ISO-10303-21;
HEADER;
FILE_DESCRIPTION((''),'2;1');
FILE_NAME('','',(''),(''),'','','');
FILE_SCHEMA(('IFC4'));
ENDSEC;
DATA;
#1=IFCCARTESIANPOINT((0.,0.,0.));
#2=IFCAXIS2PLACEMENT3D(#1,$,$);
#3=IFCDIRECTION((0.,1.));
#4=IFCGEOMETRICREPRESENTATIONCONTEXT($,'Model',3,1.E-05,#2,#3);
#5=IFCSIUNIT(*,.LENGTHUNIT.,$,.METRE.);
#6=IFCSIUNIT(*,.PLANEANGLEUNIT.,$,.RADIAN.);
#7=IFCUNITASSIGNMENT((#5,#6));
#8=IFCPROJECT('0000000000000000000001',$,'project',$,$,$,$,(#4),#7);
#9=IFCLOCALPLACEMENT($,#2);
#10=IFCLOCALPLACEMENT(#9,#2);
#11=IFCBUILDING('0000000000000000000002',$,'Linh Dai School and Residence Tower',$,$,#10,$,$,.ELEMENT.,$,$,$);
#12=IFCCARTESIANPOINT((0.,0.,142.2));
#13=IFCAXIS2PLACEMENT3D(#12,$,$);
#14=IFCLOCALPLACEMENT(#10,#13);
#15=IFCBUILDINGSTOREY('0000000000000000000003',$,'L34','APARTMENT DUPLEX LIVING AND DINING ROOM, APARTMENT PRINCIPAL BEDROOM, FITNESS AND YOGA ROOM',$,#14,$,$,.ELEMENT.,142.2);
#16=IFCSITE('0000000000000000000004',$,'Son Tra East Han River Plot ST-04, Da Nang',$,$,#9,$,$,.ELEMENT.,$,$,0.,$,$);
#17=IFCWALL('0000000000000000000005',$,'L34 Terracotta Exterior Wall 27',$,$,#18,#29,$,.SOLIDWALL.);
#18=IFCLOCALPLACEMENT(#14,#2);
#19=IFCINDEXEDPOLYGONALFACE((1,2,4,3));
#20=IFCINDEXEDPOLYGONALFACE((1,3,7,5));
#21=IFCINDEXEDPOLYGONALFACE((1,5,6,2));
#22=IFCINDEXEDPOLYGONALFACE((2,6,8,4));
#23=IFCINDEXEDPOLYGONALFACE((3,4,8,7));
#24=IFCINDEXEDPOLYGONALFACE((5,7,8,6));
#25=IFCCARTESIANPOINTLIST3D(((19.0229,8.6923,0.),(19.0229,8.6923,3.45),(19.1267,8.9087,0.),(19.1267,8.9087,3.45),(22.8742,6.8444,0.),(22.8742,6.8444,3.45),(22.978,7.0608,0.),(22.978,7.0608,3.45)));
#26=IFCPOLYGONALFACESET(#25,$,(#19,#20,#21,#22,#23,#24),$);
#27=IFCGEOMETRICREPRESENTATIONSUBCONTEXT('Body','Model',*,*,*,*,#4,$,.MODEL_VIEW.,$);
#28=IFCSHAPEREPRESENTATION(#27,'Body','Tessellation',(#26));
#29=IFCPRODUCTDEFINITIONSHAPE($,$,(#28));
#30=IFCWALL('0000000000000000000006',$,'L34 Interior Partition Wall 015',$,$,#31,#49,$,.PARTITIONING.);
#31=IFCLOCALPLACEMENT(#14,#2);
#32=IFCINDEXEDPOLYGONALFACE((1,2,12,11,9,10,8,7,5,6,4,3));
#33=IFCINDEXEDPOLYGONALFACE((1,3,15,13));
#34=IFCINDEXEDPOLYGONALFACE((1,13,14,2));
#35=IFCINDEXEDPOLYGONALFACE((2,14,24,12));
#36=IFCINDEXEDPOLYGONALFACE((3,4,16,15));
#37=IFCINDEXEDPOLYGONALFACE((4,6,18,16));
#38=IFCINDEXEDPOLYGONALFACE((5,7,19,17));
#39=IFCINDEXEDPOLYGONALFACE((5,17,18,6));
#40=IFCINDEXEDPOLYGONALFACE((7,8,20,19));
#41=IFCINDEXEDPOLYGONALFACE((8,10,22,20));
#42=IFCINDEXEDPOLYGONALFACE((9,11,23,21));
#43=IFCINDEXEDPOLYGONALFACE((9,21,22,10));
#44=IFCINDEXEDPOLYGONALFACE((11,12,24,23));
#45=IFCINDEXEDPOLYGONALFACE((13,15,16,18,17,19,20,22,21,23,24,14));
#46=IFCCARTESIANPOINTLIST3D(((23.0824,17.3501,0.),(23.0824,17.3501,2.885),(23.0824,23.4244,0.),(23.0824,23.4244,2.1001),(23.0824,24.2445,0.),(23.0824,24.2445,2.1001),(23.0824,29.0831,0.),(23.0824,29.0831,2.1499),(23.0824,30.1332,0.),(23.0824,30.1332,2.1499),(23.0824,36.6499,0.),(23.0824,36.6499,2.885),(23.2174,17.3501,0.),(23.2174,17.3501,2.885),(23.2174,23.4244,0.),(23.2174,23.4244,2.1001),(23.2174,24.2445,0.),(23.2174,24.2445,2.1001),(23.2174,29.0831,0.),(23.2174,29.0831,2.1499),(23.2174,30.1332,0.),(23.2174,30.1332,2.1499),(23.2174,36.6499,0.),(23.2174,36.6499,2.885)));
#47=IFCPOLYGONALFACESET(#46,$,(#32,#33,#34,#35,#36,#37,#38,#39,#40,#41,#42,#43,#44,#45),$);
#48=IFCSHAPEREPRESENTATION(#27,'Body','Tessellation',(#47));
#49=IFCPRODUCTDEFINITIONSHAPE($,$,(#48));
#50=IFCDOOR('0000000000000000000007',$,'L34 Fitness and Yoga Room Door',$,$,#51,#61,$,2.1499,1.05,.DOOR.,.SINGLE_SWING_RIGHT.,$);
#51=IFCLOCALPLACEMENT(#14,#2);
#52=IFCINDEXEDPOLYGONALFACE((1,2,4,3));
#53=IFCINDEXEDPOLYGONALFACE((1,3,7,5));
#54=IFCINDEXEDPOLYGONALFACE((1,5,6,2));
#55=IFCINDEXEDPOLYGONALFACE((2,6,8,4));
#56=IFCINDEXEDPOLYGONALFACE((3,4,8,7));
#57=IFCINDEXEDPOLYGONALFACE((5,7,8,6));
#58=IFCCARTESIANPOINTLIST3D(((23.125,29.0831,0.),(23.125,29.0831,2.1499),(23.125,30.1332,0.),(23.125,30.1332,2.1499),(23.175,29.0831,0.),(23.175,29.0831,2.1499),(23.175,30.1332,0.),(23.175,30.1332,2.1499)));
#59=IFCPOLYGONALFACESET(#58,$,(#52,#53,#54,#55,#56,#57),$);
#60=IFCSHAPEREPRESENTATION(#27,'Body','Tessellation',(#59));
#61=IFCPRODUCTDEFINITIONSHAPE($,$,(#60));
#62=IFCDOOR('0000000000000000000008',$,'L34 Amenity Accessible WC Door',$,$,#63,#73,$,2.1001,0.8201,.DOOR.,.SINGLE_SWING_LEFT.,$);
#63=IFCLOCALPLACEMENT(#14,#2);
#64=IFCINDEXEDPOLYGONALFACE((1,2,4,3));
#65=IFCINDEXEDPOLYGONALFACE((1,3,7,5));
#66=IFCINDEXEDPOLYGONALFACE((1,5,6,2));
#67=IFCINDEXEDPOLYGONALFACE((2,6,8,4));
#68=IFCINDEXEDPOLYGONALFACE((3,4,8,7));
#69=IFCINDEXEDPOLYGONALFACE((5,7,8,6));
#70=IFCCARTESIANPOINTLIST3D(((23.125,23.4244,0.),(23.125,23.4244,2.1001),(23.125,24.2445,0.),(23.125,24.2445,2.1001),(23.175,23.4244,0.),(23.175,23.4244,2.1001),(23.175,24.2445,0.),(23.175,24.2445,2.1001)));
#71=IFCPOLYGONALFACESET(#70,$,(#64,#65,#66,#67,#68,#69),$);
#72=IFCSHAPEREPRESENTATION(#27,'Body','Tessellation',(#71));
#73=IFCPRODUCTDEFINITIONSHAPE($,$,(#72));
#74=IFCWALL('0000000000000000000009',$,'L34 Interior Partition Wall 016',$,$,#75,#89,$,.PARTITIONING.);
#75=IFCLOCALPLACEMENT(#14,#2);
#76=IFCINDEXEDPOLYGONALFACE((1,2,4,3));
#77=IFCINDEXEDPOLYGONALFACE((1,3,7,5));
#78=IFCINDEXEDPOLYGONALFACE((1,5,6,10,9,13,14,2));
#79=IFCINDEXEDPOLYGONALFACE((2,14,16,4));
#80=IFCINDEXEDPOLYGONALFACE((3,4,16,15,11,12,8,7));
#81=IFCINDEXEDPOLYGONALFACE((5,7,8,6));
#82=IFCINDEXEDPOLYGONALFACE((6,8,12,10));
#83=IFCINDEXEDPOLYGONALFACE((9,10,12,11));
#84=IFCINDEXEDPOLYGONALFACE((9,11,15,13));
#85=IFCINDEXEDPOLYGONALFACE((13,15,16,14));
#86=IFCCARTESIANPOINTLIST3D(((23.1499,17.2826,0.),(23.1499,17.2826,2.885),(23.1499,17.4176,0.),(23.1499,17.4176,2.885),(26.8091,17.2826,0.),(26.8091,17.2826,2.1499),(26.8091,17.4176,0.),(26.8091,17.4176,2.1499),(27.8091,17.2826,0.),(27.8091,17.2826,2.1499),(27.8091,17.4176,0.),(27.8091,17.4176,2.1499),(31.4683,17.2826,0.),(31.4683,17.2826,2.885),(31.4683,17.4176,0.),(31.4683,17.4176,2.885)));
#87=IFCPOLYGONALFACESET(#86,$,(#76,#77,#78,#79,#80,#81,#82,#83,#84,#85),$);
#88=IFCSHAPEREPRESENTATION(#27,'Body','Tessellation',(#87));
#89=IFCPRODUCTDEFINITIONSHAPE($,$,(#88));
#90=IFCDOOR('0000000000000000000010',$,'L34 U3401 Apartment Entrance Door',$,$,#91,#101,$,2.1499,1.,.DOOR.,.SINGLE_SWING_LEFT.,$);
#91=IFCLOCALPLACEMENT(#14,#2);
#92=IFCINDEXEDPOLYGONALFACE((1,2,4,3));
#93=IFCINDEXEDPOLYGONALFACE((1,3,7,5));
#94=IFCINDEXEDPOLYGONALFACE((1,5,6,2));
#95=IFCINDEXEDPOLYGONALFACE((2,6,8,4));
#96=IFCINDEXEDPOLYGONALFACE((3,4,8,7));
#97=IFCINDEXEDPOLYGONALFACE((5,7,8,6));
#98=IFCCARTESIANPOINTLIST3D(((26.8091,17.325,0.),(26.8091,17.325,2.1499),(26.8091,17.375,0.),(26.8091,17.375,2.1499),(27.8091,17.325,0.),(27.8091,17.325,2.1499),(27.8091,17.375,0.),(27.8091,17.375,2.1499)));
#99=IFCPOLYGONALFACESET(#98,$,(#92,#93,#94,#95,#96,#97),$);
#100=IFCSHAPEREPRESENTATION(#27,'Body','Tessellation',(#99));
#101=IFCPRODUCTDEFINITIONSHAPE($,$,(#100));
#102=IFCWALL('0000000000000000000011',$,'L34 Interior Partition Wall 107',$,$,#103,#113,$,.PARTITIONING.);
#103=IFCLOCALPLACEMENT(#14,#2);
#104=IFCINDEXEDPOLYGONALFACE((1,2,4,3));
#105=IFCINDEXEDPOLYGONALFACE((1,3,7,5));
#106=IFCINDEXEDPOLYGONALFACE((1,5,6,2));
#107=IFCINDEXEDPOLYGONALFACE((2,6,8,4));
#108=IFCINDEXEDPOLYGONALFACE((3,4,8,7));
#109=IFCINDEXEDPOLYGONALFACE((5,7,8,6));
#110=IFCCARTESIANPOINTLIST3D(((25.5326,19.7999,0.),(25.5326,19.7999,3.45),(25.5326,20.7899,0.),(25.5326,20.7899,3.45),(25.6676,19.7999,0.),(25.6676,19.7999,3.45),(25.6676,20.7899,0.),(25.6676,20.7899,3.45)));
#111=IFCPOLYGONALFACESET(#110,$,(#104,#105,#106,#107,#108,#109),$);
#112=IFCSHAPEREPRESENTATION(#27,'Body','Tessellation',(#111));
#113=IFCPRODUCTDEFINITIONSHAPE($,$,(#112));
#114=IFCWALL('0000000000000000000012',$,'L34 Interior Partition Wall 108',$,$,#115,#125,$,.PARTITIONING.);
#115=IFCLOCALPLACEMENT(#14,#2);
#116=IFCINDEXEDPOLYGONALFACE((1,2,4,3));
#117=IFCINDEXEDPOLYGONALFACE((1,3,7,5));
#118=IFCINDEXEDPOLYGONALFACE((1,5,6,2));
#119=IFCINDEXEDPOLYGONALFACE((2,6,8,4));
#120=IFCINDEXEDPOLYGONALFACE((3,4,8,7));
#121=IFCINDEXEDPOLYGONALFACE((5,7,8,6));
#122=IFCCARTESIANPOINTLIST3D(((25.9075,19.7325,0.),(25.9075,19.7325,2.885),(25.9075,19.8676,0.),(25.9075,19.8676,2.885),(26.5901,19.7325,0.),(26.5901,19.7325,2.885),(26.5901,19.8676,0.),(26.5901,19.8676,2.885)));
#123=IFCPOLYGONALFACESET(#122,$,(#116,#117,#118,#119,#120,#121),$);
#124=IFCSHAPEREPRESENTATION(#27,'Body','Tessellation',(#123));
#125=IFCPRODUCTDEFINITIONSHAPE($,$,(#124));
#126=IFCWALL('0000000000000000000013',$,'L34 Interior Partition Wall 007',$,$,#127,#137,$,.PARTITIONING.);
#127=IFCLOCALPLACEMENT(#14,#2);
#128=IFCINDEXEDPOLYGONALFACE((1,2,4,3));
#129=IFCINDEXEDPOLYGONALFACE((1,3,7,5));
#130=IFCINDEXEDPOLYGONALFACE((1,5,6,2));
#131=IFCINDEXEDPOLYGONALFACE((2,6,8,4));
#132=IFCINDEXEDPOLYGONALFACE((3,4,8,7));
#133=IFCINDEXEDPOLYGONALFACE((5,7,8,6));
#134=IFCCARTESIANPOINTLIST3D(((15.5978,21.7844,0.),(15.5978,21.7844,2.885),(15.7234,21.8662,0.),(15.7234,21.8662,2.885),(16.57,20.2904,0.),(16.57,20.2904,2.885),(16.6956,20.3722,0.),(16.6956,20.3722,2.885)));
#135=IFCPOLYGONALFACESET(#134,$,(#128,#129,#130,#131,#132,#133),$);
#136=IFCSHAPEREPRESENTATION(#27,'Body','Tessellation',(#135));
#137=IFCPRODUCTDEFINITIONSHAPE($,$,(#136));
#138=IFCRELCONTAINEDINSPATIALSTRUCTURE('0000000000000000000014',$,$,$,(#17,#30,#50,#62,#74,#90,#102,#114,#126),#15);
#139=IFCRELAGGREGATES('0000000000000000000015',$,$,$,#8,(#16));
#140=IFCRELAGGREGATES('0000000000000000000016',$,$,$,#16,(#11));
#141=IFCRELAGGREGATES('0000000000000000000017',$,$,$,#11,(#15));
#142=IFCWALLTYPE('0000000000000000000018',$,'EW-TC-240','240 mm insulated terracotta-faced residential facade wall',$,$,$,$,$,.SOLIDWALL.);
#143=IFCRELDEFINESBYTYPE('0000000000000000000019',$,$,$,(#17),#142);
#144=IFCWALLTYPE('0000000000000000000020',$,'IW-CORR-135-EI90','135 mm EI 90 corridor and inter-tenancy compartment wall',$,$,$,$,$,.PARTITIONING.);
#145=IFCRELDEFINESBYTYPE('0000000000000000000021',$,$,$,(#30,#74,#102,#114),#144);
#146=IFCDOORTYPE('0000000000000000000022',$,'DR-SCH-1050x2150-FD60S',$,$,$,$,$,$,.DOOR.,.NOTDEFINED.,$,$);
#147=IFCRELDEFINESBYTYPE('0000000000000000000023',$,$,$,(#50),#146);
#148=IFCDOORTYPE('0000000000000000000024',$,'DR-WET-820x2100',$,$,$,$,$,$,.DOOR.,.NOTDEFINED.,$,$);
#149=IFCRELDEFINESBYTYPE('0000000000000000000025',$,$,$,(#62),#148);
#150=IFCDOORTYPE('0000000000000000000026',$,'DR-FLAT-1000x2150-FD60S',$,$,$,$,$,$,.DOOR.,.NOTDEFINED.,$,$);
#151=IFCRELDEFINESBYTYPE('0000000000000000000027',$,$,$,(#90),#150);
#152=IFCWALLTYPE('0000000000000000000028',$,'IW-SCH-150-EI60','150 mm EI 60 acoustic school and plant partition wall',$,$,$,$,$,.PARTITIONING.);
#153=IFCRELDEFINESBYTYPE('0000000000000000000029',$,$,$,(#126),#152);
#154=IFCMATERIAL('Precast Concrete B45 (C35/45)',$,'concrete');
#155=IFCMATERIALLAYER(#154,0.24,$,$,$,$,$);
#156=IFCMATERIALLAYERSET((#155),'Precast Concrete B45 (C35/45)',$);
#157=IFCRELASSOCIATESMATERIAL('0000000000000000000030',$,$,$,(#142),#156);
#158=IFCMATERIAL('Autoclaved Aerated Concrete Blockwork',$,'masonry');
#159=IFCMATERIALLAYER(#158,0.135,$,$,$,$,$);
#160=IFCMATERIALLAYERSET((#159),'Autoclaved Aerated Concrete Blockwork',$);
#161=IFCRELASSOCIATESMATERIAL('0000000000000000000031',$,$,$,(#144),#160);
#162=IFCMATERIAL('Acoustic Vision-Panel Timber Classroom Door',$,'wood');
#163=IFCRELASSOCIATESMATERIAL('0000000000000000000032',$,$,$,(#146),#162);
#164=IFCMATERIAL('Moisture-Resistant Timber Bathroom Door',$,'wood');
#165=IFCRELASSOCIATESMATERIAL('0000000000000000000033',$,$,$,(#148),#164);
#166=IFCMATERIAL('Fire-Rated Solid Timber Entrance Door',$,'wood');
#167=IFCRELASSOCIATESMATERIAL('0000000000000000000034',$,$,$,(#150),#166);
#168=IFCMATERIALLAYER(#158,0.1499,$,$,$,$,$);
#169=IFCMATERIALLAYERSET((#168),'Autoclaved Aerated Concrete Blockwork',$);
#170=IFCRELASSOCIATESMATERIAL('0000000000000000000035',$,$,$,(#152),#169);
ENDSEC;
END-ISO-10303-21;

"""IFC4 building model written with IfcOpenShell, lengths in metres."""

from ifc_helpers import new_model, si_unit, direction, frame, frame_2d, origin, origin_2d, place, context, subcontext, project, spatial, rectangle, extrude, source, transform, mapped, material, layer, layer_set, type_object, element, fill, save


model = new_model("IFC4")

# Units and contexts
model_context = context("Model", 3, precision=1e-05, world=origin(), true_north=direction((0.0, 1.0)))
body_context = subcontext(model_context, "Body", "Model", "MODEL_VIEW")
ifc_project = project(units=[si_unit("LENGTHUNIT", "METRE"), si_unit("PLANEANGLEUNIT", "RADIAN")], contexts=[model_context])

# Site, building, storey
site_placement = place(None, origin())
site = spatial("IfcSite", under=ifc_project, at=site_placement, Name="Son Tra East Han River Plot ST-04, Da Nang", CompositionType="ELEMENT", RefElevation=0.0)
building_placement = place(site_placement, origin())
building = spatial("IfcBuilding", under=site, at=building_placement, Name="Linh Dai School and Residence Tower", CompositionType="ELEMENT")
storey_placement = place(building_placement, frame((0.0, 0.0, 142.2)))
storey = spatial("IfcBuildingStorey", under=building, at=storey_placement, Name="L34", Description="APARTMENT DUPLEX LIVING AND DINING ROOM, APARTMENT PRINCIPAL BEDROOM, FITNESS AND YOGA ROOM", CompositionType="ELEMENT", Elevation=142.2)

# Shared definitions
ifc_material_1 = material(Name="Precast Concrete B45 (C35/45)", Category="concrete")

# Wall
ifc_layer_1 = layer(ifc_material_1, 0.24)
ifc_layer_set_1 = layer_set([ifc_layer_1], Name="Precast Concrete B45 (C35/45)")
wall_type_1 = type_object("IfcWallType", Name="EW-TC-240", Description="240 mm insulated terracotta-faced residential facade wall", PredefinedType="SOLIDWALL", material=ifc_layer_set_1)
wall_1_placement = place(storey_placement, frame((22.926, 6.9526, 0.0), z_axis=(0.0, 0.0, 1.0), x_axis=(-0.90159, 0.432592, 0.0)))
element("IfcWall", 1, at=wall_1_placement, inside=storey, type_object=wall_type_1, Name="L34 Terracotta Exterior Wall 27", PredefinedType="SOLIDWALL", context=body_context, shape_type="SweptSolid", body=[
    extrude(rectangle(XDim=4.2717, YDim=0.24, at=frame_2d((2.1357, 0.0))), origin(), (0.0, 0.0, 1.0), 3.45),
])

# Wall, openings, doors
ifc_material_2 = material(Name="Autoclaved Aerated Concrete Blockwork", Category="masonry")
ifc_layer_2 = layer(ifc_material_2, 0.135)
ifc_layer_set_2 = layer_set([ifc_layer_2], Name="Autoclaved Aerated Concrete Blockwork")
wall_type_2 = type_object("IfcWallType", Name="IW-CORR-135-EI90", Description="135 mm EI 90 corridor and inter-tenancy compartment wall", PredefinedType="PARTITIONING", material=ifc_layer_set_2)
wall_2_placement = place(storey_placement, frame((23.1499, 17.3501, 0.0), z_axis=(0.0, 0.0, 1.0), x_axis=(0.0, 1.0, 0.0)))
wall_2 = element("IfcWall", 2, at=wall_2_placement, inside=storey, type_object=wall_type_2, Name="L34 Interior Partition Wall 015", PredefinedType="PARTITIONING", context=body_context, shape_type="SweptSolid", body=[
    extrude(rectangle(XDim=19.2998, YDim=0.135, at=frame_2d((9.6499, 0.0))), origin(), (0.0, 0.0, 1.0), 2.885),
])
opening_1_placement = place(wall_2_placement, frame((11.7332, 0.0, 0.0)))
opening_1 = element("IfcOpeningElement", 3, at=opening_1_placement, cuts=wall_2, PredefinedType="OPENING", context=body_context, shape_type="SweptSolid", body=[
    extrude(rectangle(XDim=1.05, YDim=2.1499, at=origin_2d()), frame((0.5249, 0.0776, 1.075), z_axis=(0.0, -1.0, 0.0), x_axis=(1.0, 0.0, 0.0)), (0.0, 0.0, 1.0), 0.155),
])
opening_2_placement = place(wall_2_placement, frame((6.0742, 0.0, 0.0)))
opening_2 = element("IfcOpeningElement", 4, at=opening_2_placement, cuts=wall_2, PredefinedType="OPENING", context=body_context, shape_type="SweptSolid", body=[
    extrude(rectangle(XDim=0.8201, YDim=2.1001, at=origin_2d()), frame((0.4102, 0.0776, 1.05), z_axis=(0.0, -1.0, 0.0), x_axis=(1.0, 0.0, 0.0)), (0.0, 0.0, 1.0), 0.155),
])
ifc_material_3 = material(Name="Acoustic Vision-Panel Timber Classroom Door", Category="wood")
door_type_1 = type_object("IfcDoorType", Name="DR-SCH-1050x2150-FD60S", OperationType="NOTDEFINED", PredefinedType="DOOR", material=ifc_material_3)
shared_shape_1 = source(origin(), body_context, "Body", "SweptSolid", [
    extrude(rectangle(XDim=1.05, YDim=2.1499, at=origin_2d()), frame((0.5249, 0.0249, 1.075), z_axis=(0.0, -1.0, 0.0), x_axis=(1.0, 0.0, 0.0)), (0.0, 0.0, 1.0), 0.05),
])
door_1_placement = place(opening_1_placement, origin())
door_1 = element("IfcDoor", 5, at=door_1_placement, inside=storey, type_object=door_type_1, Name="L34 Fitness and Yoga Room Door", OperationType="SINGLE_SWING_RIGHT", OverallHeight=2.1499, OverallWidth=1.05, PredefinedType="DOOR", context=body_context, shape_type="MappedRepresentation", body=[
    mapped(shared_shape_1, transform((0.0, 0.0, 0.0), x_axis=(1.0, 0.0, 0.0), y_axis=(0.0, 1.0, 0.0), z_axis=(0.0, 0.0, 1.0), scale=1.0)),
])
fill(opening_1, door_1)
ifc_material_4 = material(Name="Moisture-Resistant Timber Bathroom Door", Category="wood")
door_type_2 = type_object("IfcDoorType", Name="DR-WET-820x2100", OperationType="NOTDEFINED", PredefinedType="DOOR", material=ifc_material_4)
shared_shape_2 = source(origin(), body_context, "Body", "SweptSolid", [
    extrude(rectangle(XDim=0.8201, YDim=2.1001, at=origin_2d()), frame((0.4102, 0.0249, 1.05), z_axis=(0.0, -1.0, 0.0), x_axis=(1.0, 0.0, 0.0)), (0.0, 0.0, 1.0), 0.05),
])
door_2_placement = place(opening_2_placement, origin())
door_2 = element("IfcDoor", 6, at=door_2_placement, inside=storey, type_object=door_type_2, Name="L34 Amenity Accessible WC Door", OperationType="SINGLE_SWING_LEFT", OverallHeight=2.1001, OverallWidth=0.8201, PredefinedType="DOOR", context=body_context, shape_type="MappedRepresentation", body=[
    mapped(shared_shape_2, transform((0.0, 0.0, 0.0), x_axis=(1.0, 0.0, 0.0), y_axis=(0.0, 1.0, 0.0), z_axis=(0.0, 0.0, 1.0), scale=1.0)),
])
fill(opening_2, door_2)

# Wall, opening, door
wall_3_placement = place(storey_placement, frame((23.1499, 17.3501, 0.0), z_axis=(0.0, 0.0, 1.0), x_axis=(1.0, 0.0, 0.0)))
wall_3 = element("IfcWall", 7, at=wall_3_placement, inside=storey, type_object=wall_type_2, Name="L34 Interior Partition Wall 016", PredefinedType="PARTITIONING", context=body_context, shape_type="SweptSolid", body=[
    extrude(rectangle(XDim=8.3184, YDim=0.135, at=frame_2d((4.1592, 0.0))), origin(), (0.0, 0.0, 1.0), 2.885),
])
opening_3_placement = place(wall_3_placement, frame((3.6592, 0.0, 0.0)))
opening_3 = element("IfcOpeningElement", 8, at=opening_3_placement, cuts=wall_3, PredefinedType="OPENING", context=body_context, shape_type="SweptSolid", body=[
    extrude(rectangle(XDim=1.0, YDim=2.1499, at=origin_2d()), frame((0.5, 0.0776, 1.075), z_axis=(0.0, -1.0, 0.0), x_axis=(1.0, 0.0, 0.0)), (0.0, 0.0, 1.0), 0.155),
])
ifc_material_5 = material(Name="Fire-Rated Solid Timber Entrance Door", Category="wood")
door_type_3 = type_object("IfcDoorType", Name="DR-FLAT-1000x2150-FD60S", OperationType="NOTDEFINED", PredefinedType="DOOR", material=ifc_material_5)
shared_shape_3 = source(origin(), body_context, "Body", "SweptSolid", [
    extrude(rectangle(XDim=1.0, YDim=2.1499, at=origin_2d()), frame((0.5, 0.0249, 1.075), z_axis=(0.0, -1.0, 0.0), x_axis=(1.0, 0.0, 0.0)), (0.0, 0.0, 1.0), 0.05),
])
door_3_placement = place(opening_3_placement, origin())
door_3 = element("IfcDoor", 9, at=door_3_placement, inside=storey, type_object=door_type_3, Name="L34 U3401 Apartment Entrance Door", OperationType="SINGLE_SWING_LEFT", OverallHeight=2.1499, OverallWidth=1.0, PredefinedType="DOOR", context=body_context, shape_type="MappedRepresentation", body=[
    mapped(shared_shape_3, transform((0.0, 0.0, 0.0), x_axis=(1.0, 0.0, 0.0), y_axis=(0.0, 1.0, 0.0), z_axis=(0.0, 0.0, 1.0), scale=1.0)),
])
fill(opening_3, door_3)

# Walls
wall_4_placement = place(storey_placement, frame((25.6001, 20.79, 0.0), z_axis=(0.0, 0.0, 1.0), x_axis=(0.0, -1.0, 0.0)))
element("IfcWall", 10, at=wall_4_placement, inside=storey, type_object=wall_type_2, Name="L34 Interior Partition Wall 107", PredefinedType="PARTITIONING", context=body_context, shape_type="SweptSolid", body=[
    extrude(rectangle(XDim=0.99, YDim=0.135, at=frame_2d((0.4951, 0.0))), origin(), (0.0, 0.0, 1.0), 3.45),
])
wall_5_placement = place(storey_placement, frame((25.9075, 19.8, 0.0), z_axis=(0.0, 0.0, 1.0), x_axis=(1.0, 0.0, 0.0)))
element("IfcWall", 11, at=wall_5_placement, inside=storey, type_object=wall_type_2, Name="L34 Interior Partition Wall 108", PredefinedType="PARTITIONING", context=body_context, shape_type="SweptSolid", body=[
    extrude(rectangle(XDim=0.6826, YDim=0.135, at=frame_2d((0.3413, 0.0))), origin(), (0.0, 0.0, 1.0), 2.885),
])
ifc_layer_3 = layer(ifc_material_2, 0.1499)
ifc_layer_set_3 = layer_set([ifc_layer_3], Name="Autoclaved Aerated Concrete Blockwork")
wall_type_3 = type_object("IfcWallType", Name="IW-SCH-150-EI60", Description="150 mm EI 60 acoustic school and plant partition wall", PredefinedType="PARTITIONING", material=ifc_layer_set_3)
wall_6_placement = place(storey_placement, frame((15.6606, 21.8252, 0.0), z_axis=(0.0, 0.0, 1.0), x_axis=(0.545436, -0.838152, 0.0)))
element("IfcWall", 12, at=wall_6_placement, inside=storey, type_object=wall_type_3, Name="L34 Interior Partition Wall 007", PredefinedType="PARTITIONING", context=body_context, shape_type="SweptSolid", body=[
    extrude(rectangle(XDim=1.7825, YDim=0.1499, at=frame_2d((0.8911, 0.0))), origin(), (0.0, 0.0, 1.0), 2.885),
])

save(model, "model.ifc")
